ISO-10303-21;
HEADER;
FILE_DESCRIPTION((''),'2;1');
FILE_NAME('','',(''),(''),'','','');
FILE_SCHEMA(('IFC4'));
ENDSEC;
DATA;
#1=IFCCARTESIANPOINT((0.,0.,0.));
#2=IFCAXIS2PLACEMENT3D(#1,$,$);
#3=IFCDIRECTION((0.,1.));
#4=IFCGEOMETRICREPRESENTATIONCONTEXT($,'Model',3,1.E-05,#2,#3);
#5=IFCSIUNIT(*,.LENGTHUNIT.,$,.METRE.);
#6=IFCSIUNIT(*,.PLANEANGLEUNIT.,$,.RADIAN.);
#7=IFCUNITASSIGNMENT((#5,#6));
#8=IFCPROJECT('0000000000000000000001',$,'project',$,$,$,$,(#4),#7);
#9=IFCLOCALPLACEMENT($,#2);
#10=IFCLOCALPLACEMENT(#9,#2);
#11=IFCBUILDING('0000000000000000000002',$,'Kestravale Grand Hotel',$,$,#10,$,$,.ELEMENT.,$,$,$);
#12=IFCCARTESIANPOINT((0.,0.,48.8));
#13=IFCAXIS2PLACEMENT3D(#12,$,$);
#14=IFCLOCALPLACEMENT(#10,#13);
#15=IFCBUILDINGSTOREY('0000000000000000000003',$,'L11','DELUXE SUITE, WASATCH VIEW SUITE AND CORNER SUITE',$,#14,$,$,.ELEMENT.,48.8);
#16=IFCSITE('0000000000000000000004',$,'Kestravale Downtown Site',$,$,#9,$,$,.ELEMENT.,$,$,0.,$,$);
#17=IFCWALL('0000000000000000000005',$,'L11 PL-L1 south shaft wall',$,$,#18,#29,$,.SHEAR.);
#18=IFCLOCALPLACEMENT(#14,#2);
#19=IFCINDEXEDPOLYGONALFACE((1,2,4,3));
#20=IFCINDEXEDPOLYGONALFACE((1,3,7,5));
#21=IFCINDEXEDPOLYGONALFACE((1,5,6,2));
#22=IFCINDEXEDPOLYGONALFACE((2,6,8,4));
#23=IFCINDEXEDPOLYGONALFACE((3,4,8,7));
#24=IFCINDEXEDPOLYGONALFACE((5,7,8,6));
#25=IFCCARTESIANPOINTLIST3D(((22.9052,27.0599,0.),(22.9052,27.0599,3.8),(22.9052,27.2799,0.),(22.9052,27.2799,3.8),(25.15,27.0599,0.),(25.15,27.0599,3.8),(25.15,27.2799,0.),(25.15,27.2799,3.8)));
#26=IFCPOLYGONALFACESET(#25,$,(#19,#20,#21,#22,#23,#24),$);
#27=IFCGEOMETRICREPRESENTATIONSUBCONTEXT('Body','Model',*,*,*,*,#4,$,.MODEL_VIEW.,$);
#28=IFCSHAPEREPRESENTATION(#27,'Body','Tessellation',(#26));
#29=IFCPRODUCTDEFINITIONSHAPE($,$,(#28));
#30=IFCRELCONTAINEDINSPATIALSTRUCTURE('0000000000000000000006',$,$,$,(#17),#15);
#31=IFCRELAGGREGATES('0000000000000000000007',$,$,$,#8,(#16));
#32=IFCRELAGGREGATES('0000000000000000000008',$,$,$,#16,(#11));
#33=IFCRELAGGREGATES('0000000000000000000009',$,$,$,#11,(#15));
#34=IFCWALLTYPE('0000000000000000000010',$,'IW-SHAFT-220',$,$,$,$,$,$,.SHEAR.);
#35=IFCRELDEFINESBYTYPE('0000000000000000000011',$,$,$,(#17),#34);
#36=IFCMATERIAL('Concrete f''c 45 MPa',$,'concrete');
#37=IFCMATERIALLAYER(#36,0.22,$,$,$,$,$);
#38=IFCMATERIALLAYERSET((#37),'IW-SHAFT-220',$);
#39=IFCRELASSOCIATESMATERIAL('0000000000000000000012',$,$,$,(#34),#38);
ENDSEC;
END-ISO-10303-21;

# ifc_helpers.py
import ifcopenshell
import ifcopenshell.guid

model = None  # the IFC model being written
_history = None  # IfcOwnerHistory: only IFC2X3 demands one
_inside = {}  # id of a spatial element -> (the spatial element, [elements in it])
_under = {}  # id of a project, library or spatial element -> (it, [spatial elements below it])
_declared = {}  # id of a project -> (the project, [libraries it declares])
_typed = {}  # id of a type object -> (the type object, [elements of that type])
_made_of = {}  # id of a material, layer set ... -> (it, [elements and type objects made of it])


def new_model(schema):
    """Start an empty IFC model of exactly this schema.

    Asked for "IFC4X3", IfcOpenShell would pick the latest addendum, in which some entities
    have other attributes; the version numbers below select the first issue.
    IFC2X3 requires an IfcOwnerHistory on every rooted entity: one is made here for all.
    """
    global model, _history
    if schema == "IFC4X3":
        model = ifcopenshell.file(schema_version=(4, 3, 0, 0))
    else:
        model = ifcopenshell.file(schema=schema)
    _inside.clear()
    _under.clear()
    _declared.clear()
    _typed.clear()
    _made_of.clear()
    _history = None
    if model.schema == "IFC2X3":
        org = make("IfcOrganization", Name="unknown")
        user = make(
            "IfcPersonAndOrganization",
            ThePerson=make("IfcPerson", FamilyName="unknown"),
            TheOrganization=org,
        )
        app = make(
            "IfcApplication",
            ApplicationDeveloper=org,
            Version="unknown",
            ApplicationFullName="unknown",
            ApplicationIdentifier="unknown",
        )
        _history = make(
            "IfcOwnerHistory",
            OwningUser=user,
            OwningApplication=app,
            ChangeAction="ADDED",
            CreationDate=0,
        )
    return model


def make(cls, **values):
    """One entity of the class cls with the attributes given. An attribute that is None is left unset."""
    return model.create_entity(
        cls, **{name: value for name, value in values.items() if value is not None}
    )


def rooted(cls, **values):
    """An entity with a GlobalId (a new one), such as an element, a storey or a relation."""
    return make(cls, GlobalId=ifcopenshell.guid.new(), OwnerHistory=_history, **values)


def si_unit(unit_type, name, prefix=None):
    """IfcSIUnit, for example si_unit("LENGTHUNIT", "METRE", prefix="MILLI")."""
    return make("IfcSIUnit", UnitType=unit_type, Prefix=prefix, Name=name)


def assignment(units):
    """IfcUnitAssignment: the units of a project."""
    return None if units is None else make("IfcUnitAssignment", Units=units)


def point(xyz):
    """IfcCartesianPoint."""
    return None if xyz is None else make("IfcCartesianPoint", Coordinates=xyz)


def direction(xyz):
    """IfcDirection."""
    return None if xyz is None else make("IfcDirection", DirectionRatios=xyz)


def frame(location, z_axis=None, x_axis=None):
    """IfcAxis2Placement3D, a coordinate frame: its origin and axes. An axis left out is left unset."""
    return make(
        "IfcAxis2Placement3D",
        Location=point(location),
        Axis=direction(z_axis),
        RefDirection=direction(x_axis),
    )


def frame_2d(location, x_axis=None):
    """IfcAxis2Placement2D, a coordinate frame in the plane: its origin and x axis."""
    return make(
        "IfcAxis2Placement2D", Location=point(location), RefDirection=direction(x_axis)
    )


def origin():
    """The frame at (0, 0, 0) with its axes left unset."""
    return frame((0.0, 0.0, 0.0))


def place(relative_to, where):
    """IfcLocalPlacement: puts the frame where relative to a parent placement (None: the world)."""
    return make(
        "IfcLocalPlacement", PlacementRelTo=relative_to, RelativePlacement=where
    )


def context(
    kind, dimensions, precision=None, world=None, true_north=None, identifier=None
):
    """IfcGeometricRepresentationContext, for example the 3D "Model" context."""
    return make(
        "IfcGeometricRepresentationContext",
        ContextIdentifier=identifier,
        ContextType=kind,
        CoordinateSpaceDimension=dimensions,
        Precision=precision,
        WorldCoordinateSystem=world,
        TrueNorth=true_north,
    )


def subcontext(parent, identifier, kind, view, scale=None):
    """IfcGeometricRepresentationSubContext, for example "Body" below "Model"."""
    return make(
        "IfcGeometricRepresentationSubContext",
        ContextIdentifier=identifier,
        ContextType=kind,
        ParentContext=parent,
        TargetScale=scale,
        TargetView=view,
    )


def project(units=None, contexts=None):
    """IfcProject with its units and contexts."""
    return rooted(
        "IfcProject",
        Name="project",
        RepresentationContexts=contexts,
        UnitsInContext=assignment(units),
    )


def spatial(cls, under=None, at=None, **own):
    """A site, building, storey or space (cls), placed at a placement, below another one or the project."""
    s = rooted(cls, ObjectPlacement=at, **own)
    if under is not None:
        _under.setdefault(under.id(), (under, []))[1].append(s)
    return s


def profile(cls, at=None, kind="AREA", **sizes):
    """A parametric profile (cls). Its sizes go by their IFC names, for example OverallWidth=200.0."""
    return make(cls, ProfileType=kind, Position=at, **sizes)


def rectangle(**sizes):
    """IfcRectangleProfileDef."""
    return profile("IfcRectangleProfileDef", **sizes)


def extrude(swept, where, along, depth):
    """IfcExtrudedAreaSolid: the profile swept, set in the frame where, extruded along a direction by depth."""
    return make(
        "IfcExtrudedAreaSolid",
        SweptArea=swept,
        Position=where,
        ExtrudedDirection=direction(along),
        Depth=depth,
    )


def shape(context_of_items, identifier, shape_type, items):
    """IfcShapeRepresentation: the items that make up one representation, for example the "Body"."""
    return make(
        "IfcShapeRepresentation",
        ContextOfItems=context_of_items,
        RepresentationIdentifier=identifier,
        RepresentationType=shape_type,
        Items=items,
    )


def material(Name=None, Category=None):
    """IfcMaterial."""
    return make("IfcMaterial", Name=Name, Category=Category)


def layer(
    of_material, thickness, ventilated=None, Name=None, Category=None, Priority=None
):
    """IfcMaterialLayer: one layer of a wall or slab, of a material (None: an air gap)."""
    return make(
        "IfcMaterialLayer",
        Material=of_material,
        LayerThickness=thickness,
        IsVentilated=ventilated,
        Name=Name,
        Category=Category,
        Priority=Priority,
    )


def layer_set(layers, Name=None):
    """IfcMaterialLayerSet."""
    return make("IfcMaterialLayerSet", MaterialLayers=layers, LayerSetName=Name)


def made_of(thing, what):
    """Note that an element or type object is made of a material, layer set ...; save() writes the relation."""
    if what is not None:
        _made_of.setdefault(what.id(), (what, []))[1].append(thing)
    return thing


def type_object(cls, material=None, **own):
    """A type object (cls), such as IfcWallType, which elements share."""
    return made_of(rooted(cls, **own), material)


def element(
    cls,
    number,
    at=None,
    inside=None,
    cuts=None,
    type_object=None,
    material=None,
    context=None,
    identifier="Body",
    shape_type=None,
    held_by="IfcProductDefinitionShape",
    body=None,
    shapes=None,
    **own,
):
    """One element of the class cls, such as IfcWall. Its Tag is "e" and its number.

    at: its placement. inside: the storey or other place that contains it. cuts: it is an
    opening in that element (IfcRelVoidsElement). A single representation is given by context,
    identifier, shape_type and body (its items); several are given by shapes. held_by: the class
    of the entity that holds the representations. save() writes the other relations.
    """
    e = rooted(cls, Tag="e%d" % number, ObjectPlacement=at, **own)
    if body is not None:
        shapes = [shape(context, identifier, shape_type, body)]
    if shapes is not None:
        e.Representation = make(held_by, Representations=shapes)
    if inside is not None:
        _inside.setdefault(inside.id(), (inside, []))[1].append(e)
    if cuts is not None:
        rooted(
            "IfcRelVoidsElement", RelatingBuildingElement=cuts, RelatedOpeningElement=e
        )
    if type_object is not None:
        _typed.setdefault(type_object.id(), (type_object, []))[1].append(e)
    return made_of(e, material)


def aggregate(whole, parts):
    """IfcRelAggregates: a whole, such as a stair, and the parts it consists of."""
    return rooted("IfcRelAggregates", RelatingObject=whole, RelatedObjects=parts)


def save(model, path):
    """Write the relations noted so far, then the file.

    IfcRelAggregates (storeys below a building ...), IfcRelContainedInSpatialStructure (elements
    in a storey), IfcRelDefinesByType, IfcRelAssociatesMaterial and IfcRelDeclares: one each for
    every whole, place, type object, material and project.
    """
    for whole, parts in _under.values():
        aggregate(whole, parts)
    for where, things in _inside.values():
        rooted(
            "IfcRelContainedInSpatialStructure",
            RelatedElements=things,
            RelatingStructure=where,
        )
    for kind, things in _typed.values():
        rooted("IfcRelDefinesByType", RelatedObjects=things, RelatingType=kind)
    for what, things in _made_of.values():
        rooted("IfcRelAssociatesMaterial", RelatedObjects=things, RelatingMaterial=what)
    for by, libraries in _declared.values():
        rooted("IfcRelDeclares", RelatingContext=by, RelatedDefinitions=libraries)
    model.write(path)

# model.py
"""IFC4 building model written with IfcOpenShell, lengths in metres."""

from ifc_helpers import new_model, si_unit, direction, frame, frame_2d, origin, place, context, subcontext, project, spatial, rectangle, extrude, material, layer, layer_set, type_object, element, save


model = new_model("IFC4")

# Units and contexts
model_context = context("Model", 3, precision=1e-05, world=origin(), true_north=direction((0.0, 1.0)))
body_context = subcontext(model_context, "Body", "Model", "MODEL_VIEW")
ifc_project = project(units=[si_unit("LENGTHUNIT", "METRE"), si_unit("PLANEANGLEUNIT", "RADIAN")], contexts=[model_context])

# Site, building, storey
site_placement = place(None, origin())
site = spatial("IfcSite", under=ifc_project, at=site_placement, Name="Kestravale Downtown Site", CompositionType="ELEMENT", RefElevation=0.0)
building_placement = place(site_placement, origin())
building = spatial("IfcBuilding", under=site, at=building_placement, Name="Kestravale Grand Hotel", CompositionType="ELEMENT")
storey_placement = place(building_placement, frame((0.0, 0.0, 48.8)))
storey = spatial("IfcBuildingStorey", under=building, at=storey_placement, Name="L11", Description="DELUXE SUITE, WASATCH VIEW SUITE AND CORNER SUITE", CompositionType="ELEMENT", Elevation=48.8)

# Wall
ifc_material_1 = material(Name="Concrete f'c 45 MPa", Category="concrete")
ifc_layer_1 = layer(ifc_material_1, 0.22)
ifc_layer_set_1 = layer_set([ifc_layer_1], Name="IW-SHAFT-220")
wall_type_1 = type_object("IfcWallType", Name="IW-SHAFT-220", PredefinedType="SHEAR", material=ifc_layer_set_1)
wall_1_placement = place(storey_placement, frame((22.905, 27.1699, 0.0), z_axis=(0.0, 0.0, 1.0), x_axis=(1.0, 0.0, 0.0)))
element("IfcWall", 1, at=wall_1_placement, inside=storey, type_object=wall_type_1, Name="L11 PL-L1 south shaft wall", PredefinedType="SHEAR", context=body_context, shape_type="SweptSolid", body=[
    extrude(rectangle(XDim=2.2449, YDim=0.22, at=frame_2d((1.1226, 0.0))), origin(), (0.0, 0.0, 1.0), 3.8),
])

save(model, "model.ifc")
